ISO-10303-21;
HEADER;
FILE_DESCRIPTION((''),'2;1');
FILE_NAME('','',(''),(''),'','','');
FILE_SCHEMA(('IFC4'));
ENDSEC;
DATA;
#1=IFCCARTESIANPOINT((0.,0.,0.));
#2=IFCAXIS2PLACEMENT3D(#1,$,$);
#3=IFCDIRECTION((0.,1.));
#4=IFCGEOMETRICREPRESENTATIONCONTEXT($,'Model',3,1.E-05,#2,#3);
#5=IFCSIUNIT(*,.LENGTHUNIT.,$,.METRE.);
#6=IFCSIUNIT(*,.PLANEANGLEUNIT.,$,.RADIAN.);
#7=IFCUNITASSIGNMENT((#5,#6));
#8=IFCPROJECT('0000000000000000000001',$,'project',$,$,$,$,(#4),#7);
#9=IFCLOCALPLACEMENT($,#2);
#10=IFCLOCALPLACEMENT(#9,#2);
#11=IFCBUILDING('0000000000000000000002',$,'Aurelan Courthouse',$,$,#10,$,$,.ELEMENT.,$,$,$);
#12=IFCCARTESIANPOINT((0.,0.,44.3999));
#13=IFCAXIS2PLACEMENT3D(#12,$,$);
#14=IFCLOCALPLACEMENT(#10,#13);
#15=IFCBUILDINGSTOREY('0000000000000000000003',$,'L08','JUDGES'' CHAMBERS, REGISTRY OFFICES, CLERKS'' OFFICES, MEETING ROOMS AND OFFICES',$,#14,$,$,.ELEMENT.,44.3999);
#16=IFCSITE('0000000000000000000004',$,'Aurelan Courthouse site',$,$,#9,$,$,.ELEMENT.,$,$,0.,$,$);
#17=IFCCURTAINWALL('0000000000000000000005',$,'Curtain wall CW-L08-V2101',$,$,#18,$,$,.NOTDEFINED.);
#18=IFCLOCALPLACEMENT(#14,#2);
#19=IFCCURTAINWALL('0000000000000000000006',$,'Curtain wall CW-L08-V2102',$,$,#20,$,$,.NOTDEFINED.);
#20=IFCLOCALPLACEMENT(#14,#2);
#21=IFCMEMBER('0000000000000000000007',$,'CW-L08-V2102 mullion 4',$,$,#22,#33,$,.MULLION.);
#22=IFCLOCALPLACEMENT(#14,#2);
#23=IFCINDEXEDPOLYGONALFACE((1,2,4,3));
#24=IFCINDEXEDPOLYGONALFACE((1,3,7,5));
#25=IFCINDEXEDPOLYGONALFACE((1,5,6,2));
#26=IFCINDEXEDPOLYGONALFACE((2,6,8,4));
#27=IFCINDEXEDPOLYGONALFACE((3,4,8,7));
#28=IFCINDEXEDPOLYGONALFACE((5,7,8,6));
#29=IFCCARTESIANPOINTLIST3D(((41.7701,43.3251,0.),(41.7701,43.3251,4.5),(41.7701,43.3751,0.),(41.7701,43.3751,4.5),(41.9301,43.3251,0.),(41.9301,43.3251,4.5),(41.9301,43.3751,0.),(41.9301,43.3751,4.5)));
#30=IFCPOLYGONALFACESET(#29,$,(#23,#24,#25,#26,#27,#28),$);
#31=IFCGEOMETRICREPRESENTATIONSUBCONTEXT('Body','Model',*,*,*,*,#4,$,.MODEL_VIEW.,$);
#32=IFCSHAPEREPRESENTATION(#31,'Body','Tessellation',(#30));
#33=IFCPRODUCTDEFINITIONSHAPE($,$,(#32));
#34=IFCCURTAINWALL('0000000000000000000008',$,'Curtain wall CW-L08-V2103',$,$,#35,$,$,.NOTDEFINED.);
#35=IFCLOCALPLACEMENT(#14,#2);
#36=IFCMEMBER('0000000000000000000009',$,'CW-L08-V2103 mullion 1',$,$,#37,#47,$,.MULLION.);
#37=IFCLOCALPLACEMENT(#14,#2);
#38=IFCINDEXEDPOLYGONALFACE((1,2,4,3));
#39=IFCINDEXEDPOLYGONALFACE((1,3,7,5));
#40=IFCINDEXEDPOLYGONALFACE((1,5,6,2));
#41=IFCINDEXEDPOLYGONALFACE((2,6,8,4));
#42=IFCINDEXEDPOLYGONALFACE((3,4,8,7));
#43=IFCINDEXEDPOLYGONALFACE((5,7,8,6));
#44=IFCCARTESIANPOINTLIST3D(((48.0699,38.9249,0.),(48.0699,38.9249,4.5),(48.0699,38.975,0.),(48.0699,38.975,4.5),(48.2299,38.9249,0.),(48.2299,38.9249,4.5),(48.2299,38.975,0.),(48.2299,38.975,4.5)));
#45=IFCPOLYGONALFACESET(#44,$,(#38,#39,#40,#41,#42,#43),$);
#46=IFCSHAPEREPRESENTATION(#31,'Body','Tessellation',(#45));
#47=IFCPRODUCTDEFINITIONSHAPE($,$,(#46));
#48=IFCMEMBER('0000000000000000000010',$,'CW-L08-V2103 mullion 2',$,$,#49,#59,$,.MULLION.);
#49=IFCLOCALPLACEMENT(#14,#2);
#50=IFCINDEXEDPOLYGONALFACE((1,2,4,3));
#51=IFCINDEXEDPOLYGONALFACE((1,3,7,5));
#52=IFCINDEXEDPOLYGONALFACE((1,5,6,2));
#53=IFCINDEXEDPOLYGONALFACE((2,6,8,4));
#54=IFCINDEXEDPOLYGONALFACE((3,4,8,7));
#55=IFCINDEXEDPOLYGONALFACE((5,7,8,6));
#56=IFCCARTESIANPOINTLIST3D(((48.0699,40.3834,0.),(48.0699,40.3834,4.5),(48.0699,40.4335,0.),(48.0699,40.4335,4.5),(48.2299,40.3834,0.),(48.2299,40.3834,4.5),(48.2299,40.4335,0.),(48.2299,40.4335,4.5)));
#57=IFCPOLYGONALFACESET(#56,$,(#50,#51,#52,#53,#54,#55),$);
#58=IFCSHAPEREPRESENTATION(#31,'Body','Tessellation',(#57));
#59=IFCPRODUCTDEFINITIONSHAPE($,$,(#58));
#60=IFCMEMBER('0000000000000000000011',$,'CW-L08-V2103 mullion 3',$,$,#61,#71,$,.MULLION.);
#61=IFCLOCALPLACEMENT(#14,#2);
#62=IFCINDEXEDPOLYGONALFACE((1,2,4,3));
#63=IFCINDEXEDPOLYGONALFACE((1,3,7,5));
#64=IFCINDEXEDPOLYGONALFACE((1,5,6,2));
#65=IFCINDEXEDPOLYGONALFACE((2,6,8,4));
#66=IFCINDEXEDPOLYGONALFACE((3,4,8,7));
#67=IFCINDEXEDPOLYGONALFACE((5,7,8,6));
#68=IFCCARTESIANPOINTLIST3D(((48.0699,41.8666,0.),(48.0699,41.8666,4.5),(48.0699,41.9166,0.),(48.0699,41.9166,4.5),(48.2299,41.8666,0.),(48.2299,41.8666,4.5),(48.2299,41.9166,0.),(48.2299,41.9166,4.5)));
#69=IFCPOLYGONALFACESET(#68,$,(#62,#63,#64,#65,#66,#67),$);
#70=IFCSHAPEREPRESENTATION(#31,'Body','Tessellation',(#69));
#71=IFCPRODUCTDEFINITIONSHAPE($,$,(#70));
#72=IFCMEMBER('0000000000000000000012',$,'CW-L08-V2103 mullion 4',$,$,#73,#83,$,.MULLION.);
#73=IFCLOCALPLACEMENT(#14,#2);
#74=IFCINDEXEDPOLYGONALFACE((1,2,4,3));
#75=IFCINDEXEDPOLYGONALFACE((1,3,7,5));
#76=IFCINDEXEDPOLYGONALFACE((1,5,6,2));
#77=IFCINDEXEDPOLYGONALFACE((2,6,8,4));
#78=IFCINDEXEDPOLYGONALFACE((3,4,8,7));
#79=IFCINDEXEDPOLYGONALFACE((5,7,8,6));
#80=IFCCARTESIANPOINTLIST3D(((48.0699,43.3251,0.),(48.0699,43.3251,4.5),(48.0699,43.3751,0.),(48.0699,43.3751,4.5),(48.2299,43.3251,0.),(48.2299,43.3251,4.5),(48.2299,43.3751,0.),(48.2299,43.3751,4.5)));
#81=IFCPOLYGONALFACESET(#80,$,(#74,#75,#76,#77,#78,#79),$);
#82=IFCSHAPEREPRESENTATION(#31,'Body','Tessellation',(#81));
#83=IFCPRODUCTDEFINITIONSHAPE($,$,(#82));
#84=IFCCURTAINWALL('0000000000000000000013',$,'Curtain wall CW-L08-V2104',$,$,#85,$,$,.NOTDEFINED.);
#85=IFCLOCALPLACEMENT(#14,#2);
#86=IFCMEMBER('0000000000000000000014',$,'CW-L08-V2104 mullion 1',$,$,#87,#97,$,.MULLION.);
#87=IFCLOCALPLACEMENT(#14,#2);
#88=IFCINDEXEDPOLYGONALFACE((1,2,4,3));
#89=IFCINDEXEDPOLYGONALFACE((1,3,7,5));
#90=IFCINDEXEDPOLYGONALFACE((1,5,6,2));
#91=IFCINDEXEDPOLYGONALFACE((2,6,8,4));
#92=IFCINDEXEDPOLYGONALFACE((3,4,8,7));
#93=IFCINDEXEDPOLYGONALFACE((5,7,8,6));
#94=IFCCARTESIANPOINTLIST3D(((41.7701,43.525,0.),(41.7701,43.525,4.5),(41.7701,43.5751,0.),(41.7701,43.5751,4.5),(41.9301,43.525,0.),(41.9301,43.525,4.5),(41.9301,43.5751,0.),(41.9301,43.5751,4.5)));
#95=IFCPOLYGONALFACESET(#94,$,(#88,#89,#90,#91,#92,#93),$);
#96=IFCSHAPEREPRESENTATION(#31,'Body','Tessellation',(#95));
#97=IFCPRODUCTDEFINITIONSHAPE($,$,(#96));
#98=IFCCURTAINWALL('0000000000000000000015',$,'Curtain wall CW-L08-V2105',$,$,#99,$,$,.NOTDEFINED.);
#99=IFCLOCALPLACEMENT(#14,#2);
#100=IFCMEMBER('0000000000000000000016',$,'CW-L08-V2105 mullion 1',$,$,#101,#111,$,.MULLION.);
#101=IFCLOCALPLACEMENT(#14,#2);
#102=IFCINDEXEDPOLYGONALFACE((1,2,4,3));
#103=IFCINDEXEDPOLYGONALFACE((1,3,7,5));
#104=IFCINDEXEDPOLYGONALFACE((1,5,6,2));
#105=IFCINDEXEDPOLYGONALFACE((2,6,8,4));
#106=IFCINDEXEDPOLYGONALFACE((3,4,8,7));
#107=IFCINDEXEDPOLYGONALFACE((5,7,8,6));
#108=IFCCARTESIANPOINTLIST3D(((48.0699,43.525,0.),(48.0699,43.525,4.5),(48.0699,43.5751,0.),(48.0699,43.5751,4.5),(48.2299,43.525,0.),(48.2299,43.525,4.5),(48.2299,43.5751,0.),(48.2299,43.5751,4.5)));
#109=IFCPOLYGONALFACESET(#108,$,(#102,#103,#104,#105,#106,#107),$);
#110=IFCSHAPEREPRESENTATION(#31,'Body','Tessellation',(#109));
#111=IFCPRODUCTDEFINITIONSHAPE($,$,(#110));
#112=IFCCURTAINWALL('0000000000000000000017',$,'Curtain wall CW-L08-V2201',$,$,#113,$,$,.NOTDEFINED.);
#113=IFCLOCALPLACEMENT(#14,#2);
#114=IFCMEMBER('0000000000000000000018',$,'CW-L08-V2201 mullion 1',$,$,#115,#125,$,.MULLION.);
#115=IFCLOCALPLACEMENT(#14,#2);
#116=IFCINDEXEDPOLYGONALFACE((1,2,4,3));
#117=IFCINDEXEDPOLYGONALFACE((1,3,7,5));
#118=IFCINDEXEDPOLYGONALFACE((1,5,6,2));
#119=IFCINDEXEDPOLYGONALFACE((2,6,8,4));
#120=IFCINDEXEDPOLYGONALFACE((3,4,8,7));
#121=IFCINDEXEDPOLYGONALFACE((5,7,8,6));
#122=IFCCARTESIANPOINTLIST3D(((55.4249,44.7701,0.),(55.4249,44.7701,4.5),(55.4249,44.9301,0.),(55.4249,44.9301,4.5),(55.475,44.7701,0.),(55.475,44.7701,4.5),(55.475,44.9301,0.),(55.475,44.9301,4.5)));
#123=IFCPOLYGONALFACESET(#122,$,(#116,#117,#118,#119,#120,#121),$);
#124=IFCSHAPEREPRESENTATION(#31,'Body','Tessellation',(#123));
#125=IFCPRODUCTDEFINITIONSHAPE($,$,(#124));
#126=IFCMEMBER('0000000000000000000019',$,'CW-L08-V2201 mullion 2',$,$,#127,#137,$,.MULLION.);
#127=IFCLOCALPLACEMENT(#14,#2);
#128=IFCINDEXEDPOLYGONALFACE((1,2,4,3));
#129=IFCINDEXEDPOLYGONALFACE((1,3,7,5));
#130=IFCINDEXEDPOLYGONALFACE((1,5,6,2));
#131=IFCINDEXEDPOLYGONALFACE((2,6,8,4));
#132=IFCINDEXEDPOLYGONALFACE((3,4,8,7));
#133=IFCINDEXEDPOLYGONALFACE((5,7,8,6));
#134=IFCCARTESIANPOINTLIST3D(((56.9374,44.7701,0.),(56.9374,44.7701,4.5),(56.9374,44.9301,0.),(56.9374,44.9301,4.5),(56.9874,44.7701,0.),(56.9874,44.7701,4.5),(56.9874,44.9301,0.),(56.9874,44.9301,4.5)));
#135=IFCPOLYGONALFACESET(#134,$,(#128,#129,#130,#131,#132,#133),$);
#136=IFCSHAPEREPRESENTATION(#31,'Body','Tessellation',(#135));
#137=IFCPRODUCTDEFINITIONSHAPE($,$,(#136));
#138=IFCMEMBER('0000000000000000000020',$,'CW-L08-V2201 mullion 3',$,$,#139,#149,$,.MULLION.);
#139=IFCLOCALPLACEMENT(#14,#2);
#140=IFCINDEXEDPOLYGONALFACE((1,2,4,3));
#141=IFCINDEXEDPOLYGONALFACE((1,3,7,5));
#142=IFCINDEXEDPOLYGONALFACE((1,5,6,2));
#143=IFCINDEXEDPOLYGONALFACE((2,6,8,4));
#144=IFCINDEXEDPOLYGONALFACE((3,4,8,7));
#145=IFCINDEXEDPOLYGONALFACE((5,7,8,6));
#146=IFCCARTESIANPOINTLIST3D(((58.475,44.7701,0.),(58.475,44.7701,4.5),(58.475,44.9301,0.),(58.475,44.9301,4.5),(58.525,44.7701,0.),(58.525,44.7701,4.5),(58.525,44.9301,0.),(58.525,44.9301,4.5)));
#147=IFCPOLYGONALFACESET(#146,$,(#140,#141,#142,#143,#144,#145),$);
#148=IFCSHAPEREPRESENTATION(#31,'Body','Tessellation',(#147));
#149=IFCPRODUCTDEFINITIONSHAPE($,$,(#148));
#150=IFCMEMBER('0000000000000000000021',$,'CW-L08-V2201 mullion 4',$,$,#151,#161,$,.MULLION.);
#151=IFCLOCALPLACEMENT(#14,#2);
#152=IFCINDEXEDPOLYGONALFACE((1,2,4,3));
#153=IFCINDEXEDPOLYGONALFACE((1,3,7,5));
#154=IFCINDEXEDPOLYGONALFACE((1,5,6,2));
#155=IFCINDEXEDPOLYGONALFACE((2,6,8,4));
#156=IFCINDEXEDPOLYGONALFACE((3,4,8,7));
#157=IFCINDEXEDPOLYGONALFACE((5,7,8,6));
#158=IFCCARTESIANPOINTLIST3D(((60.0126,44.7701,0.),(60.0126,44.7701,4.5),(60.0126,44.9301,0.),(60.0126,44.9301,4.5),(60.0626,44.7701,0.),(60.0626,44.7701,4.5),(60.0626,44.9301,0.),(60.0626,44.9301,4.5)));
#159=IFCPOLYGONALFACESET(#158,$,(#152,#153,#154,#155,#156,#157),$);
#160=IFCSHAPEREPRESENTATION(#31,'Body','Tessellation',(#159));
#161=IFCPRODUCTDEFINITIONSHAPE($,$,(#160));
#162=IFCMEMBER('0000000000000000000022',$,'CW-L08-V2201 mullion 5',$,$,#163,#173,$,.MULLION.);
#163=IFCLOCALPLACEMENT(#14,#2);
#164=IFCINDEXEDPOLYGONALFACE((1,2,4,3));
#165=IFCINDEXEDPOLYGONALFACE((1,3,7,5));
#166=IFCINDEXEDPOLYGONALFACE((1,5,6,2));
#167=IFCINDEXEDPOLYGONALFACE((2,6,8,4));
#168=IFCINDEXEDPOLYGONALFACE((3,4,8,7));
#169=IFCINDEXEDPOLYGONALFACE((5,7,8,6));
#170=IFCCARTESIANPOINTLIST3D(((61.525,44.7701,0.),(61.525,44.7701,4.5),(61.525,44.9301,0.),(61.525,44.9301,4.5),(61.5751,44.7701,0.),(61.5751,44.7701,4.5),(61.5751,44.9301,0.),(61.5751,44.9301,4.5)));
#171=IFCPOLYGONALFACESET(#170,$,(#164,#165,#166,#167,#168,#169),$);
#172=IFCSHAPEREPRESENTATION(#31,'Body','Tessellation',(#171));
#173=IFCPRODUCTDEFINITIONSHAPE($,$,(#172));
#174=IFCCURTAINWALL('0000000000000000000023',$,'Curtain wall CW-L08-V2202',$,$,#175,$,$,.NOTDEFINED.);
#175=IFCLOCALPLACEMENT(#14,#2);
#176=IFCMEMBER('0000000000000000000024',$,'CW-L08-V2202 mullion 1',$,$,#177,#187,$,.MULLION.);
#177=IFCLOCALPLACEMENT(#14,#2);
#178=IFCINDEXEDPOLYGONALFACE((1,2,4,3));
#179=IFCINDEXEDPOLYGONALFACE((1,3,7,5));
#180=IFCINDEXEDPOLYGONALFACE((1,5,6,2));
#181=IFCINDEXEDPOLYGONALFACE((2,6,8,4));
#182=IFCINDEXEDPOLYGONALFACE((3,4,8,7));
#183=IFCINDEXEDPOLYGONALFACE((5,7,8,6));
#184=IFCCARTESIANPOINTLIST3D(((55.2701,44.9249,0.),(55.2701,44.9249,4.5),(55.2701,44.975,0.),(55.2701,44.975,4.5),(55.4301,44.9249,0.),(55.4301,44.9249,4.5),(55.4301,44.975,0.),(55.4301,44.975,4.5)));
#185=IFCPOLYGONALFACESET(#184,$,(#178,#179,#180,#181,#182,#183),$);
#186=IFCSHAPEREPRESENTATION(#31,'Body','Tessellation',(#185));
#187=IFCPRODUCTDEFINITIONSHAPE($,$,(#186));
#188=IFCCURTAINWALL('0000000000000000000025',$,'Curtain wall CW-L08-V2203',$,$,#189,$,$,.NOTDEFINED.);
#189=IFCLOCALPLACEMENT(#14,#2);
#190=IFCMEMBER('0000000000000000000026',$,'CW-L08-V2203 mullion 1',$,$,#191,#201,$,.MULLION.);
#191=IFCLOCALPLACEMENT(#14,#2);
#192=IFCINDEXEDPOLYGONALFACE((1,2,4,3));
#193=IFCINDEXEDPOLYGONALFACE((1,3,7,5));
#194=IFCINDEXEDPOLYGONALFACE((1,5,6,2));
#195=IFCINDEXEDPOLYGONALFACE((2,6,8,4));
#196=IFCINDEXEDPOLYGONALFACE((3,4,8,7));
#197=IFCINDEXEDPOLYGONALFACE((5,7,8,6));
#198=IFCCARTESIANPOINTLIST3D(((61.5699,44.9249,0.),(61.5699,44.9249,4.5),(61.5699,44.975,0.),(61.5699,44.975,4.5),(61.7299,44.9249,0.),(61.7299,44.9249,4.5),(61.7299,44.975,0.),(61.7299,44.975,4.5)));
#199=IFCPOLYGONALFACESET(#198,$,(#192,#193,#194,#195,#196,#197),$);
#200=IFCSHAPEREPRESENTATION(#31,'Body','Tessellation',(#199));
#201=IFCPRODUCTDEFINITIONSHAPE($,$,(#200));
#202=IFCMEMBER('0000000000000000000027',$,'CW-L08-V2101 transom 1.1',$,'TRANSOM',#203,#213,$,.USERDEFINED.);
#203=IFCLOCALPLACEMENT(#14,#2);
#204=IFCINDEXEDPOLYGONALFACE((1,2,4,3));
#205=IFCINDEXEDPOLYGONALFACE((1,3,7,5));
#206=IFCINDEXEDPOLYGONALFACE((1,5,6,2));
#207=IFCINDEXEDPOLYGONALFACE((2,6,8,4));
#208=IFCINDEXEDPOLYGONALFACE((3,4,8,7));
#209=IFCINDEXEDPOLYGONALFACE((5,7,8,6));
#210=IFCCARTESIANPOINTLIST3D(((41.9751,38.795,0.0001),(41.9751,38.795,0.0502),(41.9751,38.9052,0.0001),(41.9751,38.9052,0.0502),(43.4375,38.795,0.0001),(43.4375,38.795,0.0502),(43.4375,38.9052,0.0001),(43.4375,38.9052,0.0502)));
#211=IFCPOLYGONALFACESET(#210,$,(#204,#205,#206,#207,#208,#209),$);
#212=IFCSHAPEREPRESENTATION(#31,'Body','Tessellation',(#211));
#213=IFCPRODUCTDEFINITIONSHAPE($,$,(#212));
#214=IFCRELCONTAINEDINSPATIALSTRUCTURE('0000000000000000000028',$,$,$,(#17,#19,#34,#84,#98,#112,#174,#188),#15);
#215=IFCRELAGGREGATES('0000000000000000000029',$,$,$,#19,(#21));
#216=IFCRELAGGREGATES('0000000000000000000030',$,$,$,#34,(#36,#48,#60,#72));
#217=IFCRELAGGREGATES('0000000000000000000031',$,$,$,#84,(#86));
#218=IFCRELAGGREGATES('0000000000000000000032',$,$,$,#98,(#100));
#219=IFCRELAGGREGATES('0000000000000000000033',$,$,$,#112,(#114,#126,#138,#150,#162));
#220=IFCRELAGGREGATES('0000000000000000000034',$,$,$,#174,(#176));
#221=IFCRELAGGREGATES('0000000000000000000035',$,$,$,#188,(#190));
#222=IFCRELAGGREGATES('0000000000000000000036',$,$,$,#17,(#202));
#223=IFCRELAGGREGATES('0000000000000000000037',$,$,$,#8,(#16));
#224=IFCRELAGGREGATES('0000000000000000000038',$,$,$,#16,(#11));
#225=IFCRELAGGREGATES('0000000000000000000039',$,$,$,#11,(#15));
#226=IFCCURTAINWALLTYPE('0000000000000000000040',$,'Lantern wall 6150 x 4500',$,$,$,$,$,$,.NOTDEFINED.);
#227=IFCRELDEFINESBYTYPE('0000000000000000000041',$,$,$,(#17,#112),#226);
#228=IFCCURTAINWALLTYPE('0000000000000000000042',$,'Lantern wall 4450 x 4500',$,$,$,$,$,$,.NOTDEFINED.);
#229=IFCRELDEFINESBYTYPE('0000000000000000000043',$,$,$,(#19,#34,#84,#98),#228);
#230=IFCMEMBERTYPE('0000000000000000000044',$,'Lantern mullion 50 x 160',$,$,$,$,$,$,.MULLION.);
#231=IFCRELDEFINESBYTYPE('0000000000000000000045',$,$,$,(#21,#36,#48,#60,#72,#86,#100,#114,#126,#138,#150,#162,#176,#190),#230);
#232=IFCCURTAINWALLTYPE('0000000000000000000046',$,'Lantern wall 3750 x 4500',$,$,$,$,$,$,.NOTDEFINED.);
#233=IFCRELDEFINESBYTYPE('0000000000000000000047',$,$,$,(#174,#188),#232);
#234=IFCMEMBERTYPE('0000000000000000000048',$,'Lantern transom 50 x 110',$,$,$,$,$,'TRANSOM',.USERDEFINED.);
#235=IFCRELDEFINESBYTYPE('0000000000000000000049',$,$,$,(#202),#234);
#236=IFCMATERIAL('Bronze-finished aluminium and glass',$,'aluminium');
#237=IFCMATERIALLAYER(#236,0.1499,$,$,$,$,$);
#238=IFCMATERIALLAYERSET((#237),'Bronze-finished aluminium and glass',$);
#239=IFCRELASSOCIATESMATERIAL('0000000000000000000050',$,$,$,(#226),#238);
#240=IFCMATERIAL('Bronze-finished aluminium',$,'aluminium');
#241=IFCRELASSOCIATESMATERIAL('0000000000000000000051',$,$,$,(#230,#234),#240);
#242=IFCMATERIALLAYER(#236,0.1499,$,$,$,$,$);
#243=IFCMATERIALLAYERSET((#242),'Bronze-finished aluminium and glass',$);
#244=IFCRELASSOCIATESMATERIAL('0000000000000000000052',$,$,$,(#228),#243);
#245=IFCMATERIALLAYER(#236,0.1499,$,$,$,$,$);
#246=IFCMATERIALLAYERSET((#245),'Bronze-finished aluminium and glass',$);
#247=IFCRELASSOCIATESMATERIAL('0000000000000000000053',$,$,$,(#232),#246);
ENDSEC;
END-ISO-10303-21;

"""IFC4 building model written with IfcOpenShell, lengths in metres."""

from ifc_helpers import new_model, si_unit, direction, frame, origin, origin_2d, place, context, subcontext, project, spatial, rectangle, extrude, material, layer, layer_set, material_profile, profile_set, type_object, element, aggregate, save


model = new_model("IFC4")

# Units and contexts
model_context = context("Model", 3, precision=1e-05, world=origin(), true_north=direction((0.0, 1.0)))
body_context = subcontext(model_context, "Body", "Model", "MODEL_VIEW")
ifc_project = project(units=[si_unit("LENGTHUNIT", "METRE"), si_unit("PLANEANGLEUNIT", "RADIAN")], contexts=[model_context])

# Site, building, storey
site_placement = place(None, origin())
site = spatial("IfcSite", under=ifc_project, at=site_placement, Name="Aurelan Courthouse site", CompositionType="ELEMENT", RefElevation=0.0)
building_placement = place(site_placement, origin())
building = spatial("IfcBuilding", under=site, at=building_placement, Name="Aurelan Courthouse", CompositionType="ELEMENT")
storey_placement = place(building_placement, frame((0.0, 0.0, 44.3999)))
storey = spatial("IfcBuildingStorey", under=building, at=storey_placement, Name="L08", Description="JUDGES' CHAMBERS, REGISTRY OFFICES, CLERKS' OFFICES, MEETING ROOMS AND OFFICES", CompositionType="ELEMENT", Elevation=44.3999)

# Curtain wall
ifc_material_1 = material(Name="Bronze-finished aluminium and glass", Category="aluminium")
ifc_layer_1 = layer(ifc_material_1, 0.1499)
ifc_layer_set_1 = layer_set([ifc_layer_1], Name="Bronze-finished aluminium and glass")
curtain_wall_type_1 = type_object("IfcCurtainWallType", Name="Lantern wall 6150 x 4500", PredefinedType="NOTDEFINED", material=ifc_layer_set_1)
curtain_wall_1_placement = place(storey_placement, origin())
curtain_wall_1 = element("IfcCurtainWall", 1, at=curtain_wall_1_placement, inside=storey, type_object=curtain_wall_type_1, Name="Curtain wall CW-L08-V2101", PredefinedType="NOTDEFINED")
ifc_material_2 = material(Name="Bronze-finished aluminium", Category="aluminium")
ifc_material_profile_1 = material_profile(ifc_material_2, rectangle(XDim=0.1599, YDim=0.05, at=origin_2d()), Name="Lantern mullion 50 x 160")
ifc_profile_set_1 = profile_set([ifc_material_profile_1], Name="Bronze-finished aluminium")
member_type_1 = type_object("IfcMemberType", Name="Lantern mullion 50 x 160", PredefinedType="MULLION", material=ifc_profile_set_1)

# Curtain walls, members
ifc_layer_2 = layer(ifc_material_1, 0.1499)
ifc_layer_set_2 = layer_set([ifc_layer_2], Name="Bronze-finished aluminium and glass")
curtain_wall_type_2 = type_object("IfcCurtainWallType", Name="Lantern wall 4450 x 4500", PredefinedType="NOTDEFINED", material=ifc_layer_set_2)
curtain_wall_2_placement = place(storey_placement, origin())
curtain_wall_2 = element("IfcCurtainWall", 2, at=curtain_wall_2_placement, inside=storey, type_object=curtain_wall_type_2, Name="Curtain wall CW-L08-V2102", PredefinedType="NOTDEFINED")
member_1_placement = place(storey_placement, frame((41.8501, 43.3501, 0.0), z_axis=(0.0, 0.0, 1.0), x_axis=(-1.0, 0.0, 0.0)))
member_1 = element("IfcMember", 3, at=member_1_placement, type_object=member_type_1, Name="CW-L08-V2102 mullion 4", PredefinedType="MULLION", context=body_context, shape_type="SweptSolid", body=[
    extrude(rectangle(XDim=0.1599, YDim=0.05, at=origin_2d()), origin(), (0.0, 0.0, 1.0), 4.5),
])
aggregate(curtain_wall_2, [member_1])
curtain_wall_3_placement = place(storey_placement, origin())
curtain_wall_3 = element("IfcCurtainWall", 4, at=curtain_wall_3_placement, inside=storey, type_object=curtain_wall_type_2, Name="Curtain wall CW-L08-V2103", PredefinedType="NOTDEFINED")
member_2_placement = place(storey_placement, frame((48.1499, 38.95, 0.0), z_axis=(0.0, 0.0, 1.0), x_axis=(-1.0, 0.0, 0.0)))
member_2 = element("IfcMember", 5, at=member_2_placement, type_object=member_type_1, Name="CW-L08-V2103 mullion 1", PredefinedType="MULLION", context=body_context, shape_type="SweptSolid", body=[
    extrude(rectangle(XDim=0.1599, YDim=0.05, at=origin_2d()), origin(), (0.0, 0.0, 1.0), 4.5),
])
member_3_placement = place(storey_placement, frame((48.1499, 40.4084, 0.0), z_axis=(0.0, 0.0, 1.0), x_axis=(-1.0, 0.0, 0.0)))
member_3 = element("IfcMember", 6, at=member_3_placement, type_object=member_type_1, Name="CW-L08-V2103 mullion 2", PredefinedType="MULLION", context=body_context, shape_type="SweptSolid", body=[
    extrude(rectangle(XDim=0.1599, YDim=0.05, at=origin_2d()), origin(), (0.0, 0.0, 1.0), 4.5),
])
member_4_placement = place(storey_placement, frame((48.1499, 41.8916, 0.0), z_axis=(0.0, 0.0, 1.0), x_axis=(-1.0, 0.0, 0.0)))
member_4 = element("IfcMember", 7, at=member_4_placement, type_object=member_type_1, Name="CW-L08-V2103 mullion 3", PredefinedType="MULLION", context=body_context, shape_type="SweptSolid", body=[
    extrude(rectangle(XDim=0.1599, YDim=0.05, at=origin_2d()), origin(), (0.0, 0.0, 1.0), 4.5),
])
member_5_placement = place(storey_placement, frame((48.1499, 43.3501, 0.0), z_axis=(0.0, 0.0, 1.0), x_axis=(-1.0, 0.0, 0.0)))
member_5 = element("IfcMember", 8, at=member_5_placement, type_object=member_type_1, Name="CW-L08-V2103 mullion 4", PredefinedType="MULLION", context=body_context, shape_type="SweptSolid", body=[
    extrude(rectangle(XDim=0.1599, YDim=0.05, at=origin_2d()), origin(), (0.0, 0.0, 1.0), 4.5),
])
aggregate(curtain_wall_3, [member_2, member_3, member_4, member_5])

# Curtain walls, members
curtain_wall_4_placement = place(storey_placement, origin())
curtain_wall_4 = element("IfcCurtainWall", 9, at=curtain_wall_4_placement, inside=storey, type_object=curtain_wall_type_2, Name="Curtain wall CW-L08-V2104", PredefinedType="NOTDEFINED")
member_6_placement = place(storey_placement, frame((41.8501, 43.55, 0.0), z_axis=(0.0, 0.0, 1.0), x_axis=(-1.0, 0.0, 0.0)))
member_6 = element("IfcMember", 10, at=member_6_placement, type_object=member_type_1, Name="CW-L08-V2104 mullion 1", PredefinedType="MULLION", context=body_context, shape_type="SweptSolid", body=[
    extrude(rectangle(XDim=0.1599, YDim=0.05, at=origin_2d()), origin(), (0.0, 0.0, 1.0), 4.5),
])
aggregate(curtain_wall_4, [member_6])
curtain_wall_5_placement = place(storey_placement, origin())
curtain_wall_5 = element("IfcCurtainWall", 11, at=curtain_wall_5_placement, inside=storey, type_object=curtain_wall_type_2, Name="Curtain wall CW-L08-V2105", PredefinedType="NOTDEFINED")
member_7_placement = place(storey_placement, frame((48.1499, 43.55, 0.0), z_axis=(0.0, 0.0, 1.0), x_axis=(-1.0, 0.0, 0.0)))
member_7 = element("IfcMember", 12, at=member_7_placement, type_object=member_type_1, Name="CW-L08-V2105 mullion 1", PredefinedType="MULLION", context=body_context, shape_type="SweptSolid", body=[
    extrude(rectangle(XDim=0.1599, YDim=0.05, at=origin_2d()), origin(), (0.0, 0.0, 1.0), 4.5),
])
aggregate(curtain_wall_5, [member_7])

# Curtain wall, members
curtain_wall_6_placement = place(storey_placement, origin())
curtain_wall_6 = element("IfcCurtainWall", 13, at=curtain_wall_6_placement, inside=storey, type_object=curtain_wall_type_1, Name="Curtain wall CW-L08-V2201", PredefinedType="NOTDEFINED")
member_8_placement = place(storey_placement, frame((55.45, 44.8501, 0.0), z_axis=(0.0, 0.0, 1.0), x_axis=(0.0, 1.0, 0.0)))
member_8 = element("IfcMember", 14, at=member_8_placement, type_object=member_type_1, Name="CW-L08-V2201 mullion 1", PredefinedType="MULLION", context=body_context, shape_type="SweptSolid", body=[
    extrude(rectangle(XDim=0.1599, YDim=0.05, at=origin_2d()), origin(), (0.0, 0.0, 1.0), 4.5),
])
member_9_placement = place(storey_placement, frame((56.9624, 44.8501, 0.0), z_axis=(0.0, 0.0, 1.0), x_axis=(0.0, 1.0, 0.0)))
member_9 = element("IfcMember", 15, at=member_9_placement, type_object=member_type_1, Name="CW-L08-V2201 mullion 2", PredefinedType="MULLION", context=body_context, shape_type="SweptSolid", body=[
    extrude(rectangle(XDim=0.1599, YDim=0.05, at=origin_2d()), origin(), (0.0, 0.0, 1.0), 4.5),
])
member_10_placement = place(storey_placement, frame((58.5, 44.8501, 0.0), z_axis=(0.0, 0.0, 1.0), x_axis=(0.0, 1.0, 0.0)))
member_10 = element("IfcMember", 16, at=member_10_placement, type_object=member_type_1, Name="CW-L08-V2201 mullion 3", PredefinedType="MULLION", context=body_context, shape_type="SweptSolid", body=[
    extrude(rectangle(XDim=0.1599, YDim=0.05, at=origin_2d()), origin(), (0.0, 0.0, 1.0), 4.5),
])
member_11_placement = place(storey_placement, frame((60.0376, 44.8501, 0.0), z_axis=(0.0, 0.0, 1.0), x_axis=(0.0, 1.0, 0.0)))
member_11 = element("IfcMember", 17, at=member_11_placement, type_object=member_type_1, Name="CW-L08-V2201 mullion 4", PredefinedType="MULLION", context=body_context, shape_type="SweptSolid", body=[
    extrude(rectangle(XDim=0.1599, YDim=0.05, at=origin_2d()), origin(), (0.0, 0.0, 1.0), 4.5),
])
member_12_placement = place(storey_placement, frame((61.55, 44.8501, 0.0), z_axis=(0.0, 0.0, 1.0), x_axis=(0.0, 1.0, 0.0)))
member_12 = element("IfcMember", 18, at=member_12_placement, type_object=member_type_1, Name="CW-L08-V2201 mullion 5", PredefinedType="MULLION", context=body_context, shape_type="SweptSolid", body=[
    extrude(rectangle(XDim=0.1599, YDim=0.05, at=origin_2d()), origin(), (0.0, 0.0, 1.0), 4.5),
])
aggregate(curtain_wall_6, [member_8, member_9, member_10, member_11, member_12])

# Curtain walls, members
ifc_layer_3 = layer(ifc_material_1, 0.1499)
ifc_layer_set_3 = layer_set([ifc_layer_3], Name="Bronze-finished aluminium and glass")
curtain_wall_type_3 = type_object("IfcCurtainWallType", Name="Lantern wall 3750 x 4500", PredefinedType="NOTDEFINED", material=ifc_layer_set_3)
curtain_wall_7_placement = place(storey_placement, origin())
curtain_wall_7 = element("IfcCurtainWall", 19, at=curtain_wall_7_placement, inside=storey, type_object=curtain_wall_type_3, Name="Curtain wall CW-L08-V2202", PredefinedType="NOTDEFINED")
member_13_placement = place(storey_placement, frame((55.3501, 44.95, 0.0), z_axis=(0.0, 0.0, 1.0), x_axis=(-1.0, 0.0, 0.0)))
member_13 = element("IfcMember", 20, at=member_13_placement, type_object=member_type_1, Name="CW-L08-V2202 mullion 1", PredefinedType="MULLION", context=body_context, shape_type="SweptSolid", body=[
    extrude(rectangle(XDim=0.1599, YDim=0.05, at=origin_2d()), origin(), (0.0, 0.0, 1.0), 4.5),
])
aggregate(curtain_wall_7, [member_13])
curtain_wall_8_placement = place(storey_placement, origin())
curtain_wall_8 = element("IfcCurtainWall", 21, at=curtain_wall_8_placement, inside=storey, type_object=curtain_wall_type_3, Name="Curtain wall CW-L08-V2203", PredefinedType="NOTDEFINED")
member_14_placement = place(storey_placement, frame((61.6499, 44.95, 0.0), z_axis=(0.0, 0.0, 1.0), x_axis=(-1.0, 0.0, 0.0)))
member_14 = element("IfcMember", 22, at=member_14_placement, type_object=member_type_1, Name="CW-L08-V2203 mullion 1", PredefinedType="MULLION", context=body_context, shape_type="SweptSolid", body=[
    extrude(rectangle(XDim=0.1599, YDim=0.05, at=origin_2d()), origin(), (0.0, 0.0, 1.0), 4.5),
])
aggregate(curtain_wall_8, [member_14])

# Member
ifc_material_profile_2 = material_profile(ifc_material_2, rectangle(XDim=0.1101, YDim=0.05, at=origin_2d()), Name="Lantern transom 50 x 110")
ifc_profile_set_2 = profile_set([ifc_material_profile_2], Name="Bronze-finished aluminium")
member_type_2 = type_object("IfcMemberType", Name="Lantern transom 50 x 110", ElementType="TRANSOM", PredefinedType="USERDEFINED", material=ifc_profile_set_2)
member_15_placement = place(storey_placement, frame((41.9751, 38.8501, 0.0251), z_axis=(1.0, 0.0, 0.0), x_axis=(0.0, 1.0, 0.0)))
member_15 = element("IfcMember", 23, at=member_15_placement, type_object=member_type_2, Name="CW-L08-V2101 transom 1.1", ObjectType="TRANSOM", PredefinedType="USERDEFINED", context=body_context, shape_type="SweptSolid", body=[
    extrude(rectangle(XDim=0.1101, YDim=0.05, at=origin_2d()), origin(), (0.0, 0.0, 1.0), 1.4624),
])
aggregate(curtain_wall_1, [member_15])

save(model, "model.ifc")
